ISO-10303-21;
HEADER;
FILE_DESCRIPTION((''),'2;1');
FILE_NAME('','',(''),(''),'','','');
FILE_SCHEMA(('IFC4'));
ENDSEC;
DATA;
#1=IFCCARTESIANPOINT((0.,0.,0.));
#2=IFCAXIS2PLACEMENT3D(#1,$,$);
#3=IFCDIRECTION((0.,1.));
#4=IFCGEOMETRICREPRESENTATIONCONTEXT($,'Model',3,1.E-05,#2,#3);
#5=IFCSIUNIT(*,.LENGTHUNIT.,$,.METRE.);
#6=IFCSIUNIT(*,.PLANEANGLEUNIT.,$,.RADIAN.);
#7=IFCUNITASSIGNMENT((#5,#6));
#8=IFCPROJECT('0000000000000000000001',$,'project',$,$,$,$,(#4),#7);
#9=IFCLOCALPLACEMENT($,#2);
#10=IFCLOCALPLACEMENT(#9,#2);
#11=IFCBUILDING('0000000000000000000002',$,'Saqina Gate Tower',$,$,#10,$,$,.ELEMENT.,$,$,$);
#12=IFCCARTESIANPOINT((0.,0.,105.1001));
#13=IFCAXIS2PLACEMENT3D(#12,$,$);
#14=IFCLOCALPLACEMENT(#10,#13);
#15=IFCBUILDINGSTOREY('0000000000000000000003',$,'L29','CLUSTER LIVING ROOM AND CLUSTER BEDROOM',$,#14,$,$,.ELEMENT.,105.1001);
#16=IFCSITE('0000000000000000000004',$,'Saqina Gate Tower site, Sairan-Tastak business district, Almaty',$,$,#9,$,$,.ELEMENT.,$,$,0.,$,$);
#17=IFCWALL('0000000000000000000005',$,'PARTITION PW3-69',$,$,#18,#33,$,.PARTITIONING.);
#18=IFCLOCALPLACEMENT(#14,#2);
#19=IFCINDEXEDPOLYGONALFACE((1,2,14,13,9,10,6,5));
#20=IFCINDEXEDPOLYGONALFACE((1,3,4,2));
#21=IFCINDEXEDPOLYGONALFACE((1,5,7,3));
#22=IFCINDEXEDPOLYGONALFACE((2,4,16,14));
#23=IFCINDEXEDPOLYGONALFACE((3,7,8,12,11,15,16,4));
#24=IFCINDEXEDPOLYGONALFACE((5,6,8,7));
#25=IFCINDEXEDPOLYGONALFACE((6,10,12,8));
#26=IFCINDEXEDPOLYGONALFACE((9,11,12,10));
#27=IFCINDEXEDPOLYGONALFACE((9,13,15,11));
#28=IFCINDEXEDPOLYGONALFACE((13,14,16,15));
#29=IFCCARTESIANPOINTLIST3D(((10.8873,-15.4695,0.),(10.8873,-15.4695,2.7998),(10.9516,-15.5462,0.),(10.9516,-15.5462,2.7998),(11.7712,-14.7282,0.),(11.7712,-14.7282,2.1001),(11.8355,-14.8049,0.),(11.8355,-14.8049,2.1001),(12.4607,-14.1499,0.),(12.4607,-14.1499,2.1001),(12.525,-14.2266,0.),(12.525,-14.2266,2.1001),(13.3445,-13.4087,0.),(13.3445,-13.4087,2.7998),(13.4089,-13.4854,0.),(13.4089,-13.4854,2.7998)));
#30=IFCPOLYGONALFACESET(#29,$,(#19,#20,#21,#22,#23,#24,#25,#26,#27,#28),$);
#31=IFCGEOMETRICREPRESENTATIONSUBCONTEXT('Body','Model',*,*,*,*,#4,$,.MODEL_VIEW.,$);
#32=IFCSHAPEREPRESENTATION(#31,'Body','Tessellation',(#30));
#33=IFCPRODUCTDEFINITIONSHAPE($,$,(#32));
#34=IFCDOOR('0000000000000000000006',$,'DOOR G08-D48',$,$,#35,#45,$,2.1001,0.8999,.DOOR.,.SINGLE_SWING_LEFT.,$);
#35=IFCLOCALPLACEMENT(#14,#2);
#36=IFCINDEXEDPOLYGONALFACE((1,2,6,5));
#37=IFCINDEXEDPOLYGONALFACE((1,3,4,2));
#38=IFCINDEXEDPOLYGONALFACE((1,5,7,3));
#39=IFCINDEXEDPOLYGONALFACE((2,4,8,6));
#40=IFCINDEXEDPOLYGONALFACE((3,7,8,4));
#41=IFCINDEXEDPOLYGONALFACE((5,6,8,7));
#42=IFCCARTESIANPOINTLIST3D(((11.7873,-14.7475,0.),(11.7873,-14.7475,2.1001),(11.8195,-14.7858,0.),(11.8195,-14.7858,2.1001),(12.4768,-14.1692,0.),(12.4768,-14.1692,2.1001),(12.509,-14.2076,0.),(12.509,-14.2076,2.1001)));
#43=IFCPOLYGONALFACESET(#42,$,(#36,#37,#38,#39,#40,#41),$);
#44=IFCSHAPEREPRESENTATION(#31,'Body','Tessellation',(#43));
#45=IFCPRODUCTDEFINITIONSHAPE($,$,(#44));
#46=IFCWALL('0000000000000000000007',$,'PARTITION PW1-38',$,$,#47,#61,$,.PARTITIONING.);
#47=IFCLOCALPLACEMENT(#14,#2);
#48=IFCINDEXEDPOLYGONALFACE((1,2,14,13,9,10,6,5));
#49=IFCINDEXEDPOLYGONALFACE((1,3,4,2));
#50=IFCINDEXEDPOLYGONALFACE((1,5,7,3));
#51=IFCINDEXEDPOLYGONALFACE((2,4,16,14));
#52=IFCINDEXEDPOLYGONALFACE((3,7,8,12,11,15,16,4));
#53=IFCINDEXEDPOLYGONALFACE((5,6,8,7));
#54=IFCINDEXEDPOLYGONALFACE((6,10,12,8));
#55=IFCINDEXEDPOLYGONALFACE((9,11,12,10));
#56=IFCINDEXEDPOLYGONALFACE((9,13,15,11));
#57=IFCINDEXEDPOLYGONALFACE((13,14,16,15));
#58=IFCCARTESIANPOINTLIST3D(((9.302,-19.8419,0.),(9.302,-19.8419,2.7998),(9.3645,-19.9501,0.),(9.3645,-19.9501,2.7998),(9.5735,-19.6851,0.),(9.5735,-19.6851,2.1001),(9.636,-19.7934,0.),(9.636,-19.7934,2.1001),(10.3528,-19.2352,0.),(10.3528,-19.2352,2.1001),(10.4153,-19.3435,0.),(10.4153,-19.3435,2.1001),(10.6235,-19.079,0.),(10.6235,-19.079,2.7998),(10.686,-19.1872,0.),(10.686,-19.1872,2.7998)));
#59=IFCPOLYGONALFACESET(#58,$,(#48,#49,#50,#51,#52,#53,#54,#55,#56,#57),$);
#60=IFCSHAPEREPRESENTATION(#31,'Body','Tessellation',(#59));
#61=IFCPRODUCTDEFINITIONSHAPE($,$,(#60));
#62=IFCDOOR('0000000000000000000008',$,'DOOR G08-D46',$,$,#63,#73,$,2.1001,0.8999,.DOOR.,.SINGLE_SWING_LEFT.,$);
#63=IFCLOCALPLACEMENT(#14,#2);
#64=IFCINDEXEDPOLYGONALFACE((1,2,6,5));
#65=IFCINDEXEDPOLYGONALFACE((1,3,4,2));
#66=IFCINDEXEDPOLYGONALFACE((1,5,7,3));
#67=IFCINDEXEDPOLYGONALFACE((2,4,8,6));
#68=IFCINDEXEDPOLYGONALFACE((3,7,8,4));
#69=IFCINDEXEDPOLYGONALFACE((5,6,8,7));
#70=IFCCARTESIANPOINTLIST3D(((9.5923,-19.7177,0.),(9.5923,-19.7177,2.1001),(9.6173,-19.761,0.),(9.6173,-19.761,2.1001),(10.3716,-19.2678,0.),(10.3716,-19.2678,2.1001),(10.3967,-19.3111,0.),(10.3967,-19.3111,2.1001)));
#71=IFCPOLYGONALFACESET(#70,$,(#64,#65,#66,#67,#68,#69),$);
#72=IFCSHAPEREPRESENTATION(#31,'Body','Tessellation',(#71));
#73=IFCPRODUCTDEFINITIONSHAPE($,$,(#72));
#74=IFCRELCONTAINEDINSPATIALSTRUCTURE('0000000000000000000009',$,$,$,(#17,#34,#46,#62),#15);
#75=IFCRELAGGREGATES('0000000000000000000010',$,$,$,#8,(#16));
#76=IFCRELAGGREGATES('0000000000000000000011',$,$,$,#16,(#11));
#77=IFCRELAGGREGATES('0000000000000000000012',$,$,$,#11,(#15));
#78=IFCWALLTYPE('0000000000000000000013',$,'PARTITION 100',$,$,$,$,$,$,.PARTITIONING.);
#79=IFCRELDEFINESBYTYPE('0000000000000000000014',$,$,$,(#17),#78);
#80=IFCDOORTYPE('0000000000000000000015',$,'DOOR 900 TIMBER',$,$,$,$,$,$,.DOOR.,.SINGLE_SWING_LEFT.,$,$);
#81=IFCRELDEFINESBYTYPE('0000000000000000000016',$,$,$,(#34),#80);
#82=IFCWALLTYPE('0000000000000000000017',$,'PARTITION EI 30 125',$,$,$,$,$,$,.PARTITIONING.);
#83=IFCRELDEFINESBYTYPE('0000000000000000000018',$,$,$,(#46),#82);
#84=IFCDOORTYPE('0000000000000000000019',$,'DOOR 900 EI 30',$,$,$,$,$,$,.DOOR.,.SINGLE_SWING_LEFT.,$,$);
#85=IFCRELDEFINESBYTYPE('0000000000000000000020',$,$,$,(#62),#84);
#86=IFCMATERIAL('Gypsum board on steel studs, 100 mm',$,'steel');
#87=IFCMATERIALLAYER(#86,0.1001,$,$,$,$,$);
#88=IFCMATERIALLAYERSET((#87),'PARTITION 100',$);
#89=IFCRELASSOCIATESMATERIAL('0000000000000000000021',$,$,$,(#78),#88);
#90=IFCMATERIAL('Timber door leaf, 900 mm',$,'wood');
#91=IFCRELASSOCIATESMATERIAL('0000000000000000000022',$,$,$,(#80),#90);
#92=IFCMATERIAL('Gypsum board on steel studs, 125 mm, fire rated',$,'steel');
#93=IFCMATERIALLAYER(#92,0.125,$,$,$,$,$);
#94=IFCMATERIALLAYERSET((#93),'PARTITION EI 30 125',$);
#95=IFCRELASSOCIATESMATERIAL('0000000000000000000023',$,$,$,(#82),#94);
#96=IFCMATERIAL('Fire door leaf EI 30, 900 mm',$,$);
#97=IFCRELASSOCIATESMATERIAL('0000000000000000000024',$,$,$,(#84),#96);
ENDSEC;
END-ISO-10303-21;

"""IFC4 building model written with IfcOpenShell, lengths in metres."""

from ifc_helpers import new_model, si_unit, direction, frame, frame_2d, origin, place, context, subcontext, project, spatial, rectangle, extrude, material, layer, layer_set, type_object, element, fill, save


model = new_model("IFC4")

# Units and contexts
model_context = context("Model", 3, precision=1e-05, world=origin(), true_north=direction((0.0, 1.0)))
body_context = subcontext(model_context, "Body", "Model", "MODEL_VIEW")
ifc_project = project(units=[si_unit("LENGTHUNIT", "METRE"), si_unit("PLANEANGLEUNIT", "RADIAN")], contexts=[model_context])

# Site, building, storey
site_placement = place(None, origin())
site = spatial("IfcSite", under=ifc_project, at=site_placement, Name="Saqina Gate Tower site, Sairan-Tastak business district, Almaty", CompositionType="ELEMENT", RefElevation=0.0)
building_placement = place(site_placement, origin())
building = spatial("IfcBuilding", under=site, at=building_placement, Name="Saqina Gate Tower", CompositionType="ELEMENT")
storey_placement = place(building_placement, frame((0.0, 0.0, 105.1001)))
storey = spatial("IfcBuildingStorey", under=building, at=storey_placement, Name="L29", Description="CLUSTER LIVING ROOM AND CLUSTER BEDROOM", CompositionType="ELEMENT", Elevation=105.1001)

# Shared definitions
ifc_material_1 = material(Name="Gypsum board on steel studs, 100 mm", Category="steel")
ifc_layer_1 = layer(ifc_material_1, 0.1001)
ifc_layer_set_1 = layer_set([ifc_layer_1], Name="PARTITION 100")
wall_type_1 = type_object("IfcWallType", Name="PARTITION 100", PredefinedType="PARTITIONING", material=ifc_layer_set_1)

# Walls, openings, doors
wall_1_placement = place(storey_placement, frame((10.9194, -15.5078, 0.0), z_axis=(0.0, 0.0, 1.0), x_axis=(0.766215, 0.642585, 0.0)))
wall_1 = element("IfcWall", 1, at=wall_1_placement, inside=storey, type_object=wall_type_1, Name="PARTITION PW3-69", PredefinedType="PARTITIONING", context=body_context, shape_type="SweptSolid", body=[
    extrude(rectangle(XDim=3.207, YDim=0.1001, at=frame_2d((1.6035, 0.0))), origin(), (0.0, 0.0, 1.0), 2.7998),
])
opening_1_placement = place(wall_1_placement, frame((1.1536, 0.0, 0.0)))
opening_1 = element("IfcOpeningElement", 2, at=opening_1_placement, cuts=wall_1, PredefinedType="OPENING", context=body_context, shape_type="SweptSolid", body=[
    extrude(rectangle(XDim=0.8999, YDim=2.1001, at=frame_2d((0.45, 1.05))), frame((0.0, 0.062, 0.0), z_axis=(0.0, -1.0, 0.0), x_axis=(1.0, 0.0, 0.0)), (0.0, 0.0, 1.0), 0.124),
])
ifc_material_2 = material(Name="Timber door leaf, 900 mm", Category="wood")
door_type_1 = type_object("IfcDoorType", Name="DOOR 900 TIMBER", OperationType="SINGLE_SWING_LEFT", PredefinedType="DOOR", material=ifc_material_2)
door_1_placement = place(opening_1_placement, origin())
door_1 = element("IfcDoor", 3, at=door_1_placement, inside=storey, type_object=door_type_1, Name="DOOR G08-D48", OperationType="SINGLE_SWING_LEFT", OverallHeight=2.1001, OverallWidth=0.8999, PredefinedType="DOOR", context=body_context, shape_type="SweptSolid", body=[
    extrude(rectangle(XDim=0.8999, YDim=2.1001, at=frame_2d((0.45, 1.05))), frame((0.0, 0.0249, 0.0), z_axis=(0.0, -1.0, 0.0), x_axis=(1.0, 0.0, 0.0)), (0.0, 0.0, 1.0), 0.05),
])
fill(opening_1, door_1)
ifc_material_3 = material(Name="Gypsum board on steel studs, 125 mm, fire rated", Category="steel")
ifc_layer_2 = layer(ifc_material_3, 0.125)
ifc_layer_set_2 = layer_set([ifc_layer_2], Name="PARTITION EI 30 125")
wall_type_2 = type_object("IfcWallType", Name="PARTITION EI 30 125", PredefinedType="PARTITIONING", material=ifc_layer_set_2)
wall_2_placement = place(storey_placement, frame((9.3333, -19.896, 0.0), z_axis=(0.0, 0.0, 1.0), x_axis=(0.866039, 0.499976, 0.0)))
wall_2 = element("IfcWall", 4, at=wall_2_placement, inside=storey, type_object=wall_type_2, Name="PARTITION PW1-38", PredefinedType="PARTITIONING", context=body_context, shape_type="SweptSolid", body=[
    extrude(rectangle(XDim=1.5259, YDim=0.125, at=frame_2d((0.7629, 0.0))), origin(), (0.0, 0.0, 1.0), 2.7998),
])
opening_2_placement = place(wall_2_placement, frame((0.3135, 0.0, 0.0)))
opening_2 = element("IfcOpeningElement", 5, at=opening_2_placement, cuts=wall_2, PredefinedType="OPENING", context=body_context, shape_type="SweptSolid", body=[
    extrude(rectangle(XDim=0.8999, YDim=2.1001, at=frame_2d((0.45, 1.05))), frame((0.0, 0.0745, 0.0), z_axis=(0.0, -1.0, 0.0), x_axis=(1.0, 0.0, 0.0)), (0.0, 0.0, 1.0), 0.1489),
])
ifc_material_4 = material(Name="Fire door leaf EI 30, 900 mm")
door_type_2 = type_object("IfcDoorType", Name="DOOR 900 EI 30", OperationType="SINGLE_SWING_LEFT", PredefinedType="DOOR", material=ifc_material_4)
door_2_placement = place(opening_2_placement, origin())
door_2 = element("IfcDoor", 6, at=door_2_placement, inside=storey, type_object=door_type_2, Name="DOOR G08-D46", OperationType="SINGLE_SWING_LEFT", OverallHeight=2.1001, OverallWidth=0.8999, PredefinedType="DOOR", context=body_context, shape_type="SweptSolid", body=[
    extrude(rectangle(XDim=0.8999, YDim=2.1001, at=frame_2d((0.45, 1.05))), frame((0.0, 0.0249, 0.0), z_axis=(0.0, -1.0, 0.0), x_axis=(1.0, 0.0, 0.0)), (0.0, 0.0, 1.0), 0.05),
])
fill(opening_2, door_2)

save(model, "model.ifc")
